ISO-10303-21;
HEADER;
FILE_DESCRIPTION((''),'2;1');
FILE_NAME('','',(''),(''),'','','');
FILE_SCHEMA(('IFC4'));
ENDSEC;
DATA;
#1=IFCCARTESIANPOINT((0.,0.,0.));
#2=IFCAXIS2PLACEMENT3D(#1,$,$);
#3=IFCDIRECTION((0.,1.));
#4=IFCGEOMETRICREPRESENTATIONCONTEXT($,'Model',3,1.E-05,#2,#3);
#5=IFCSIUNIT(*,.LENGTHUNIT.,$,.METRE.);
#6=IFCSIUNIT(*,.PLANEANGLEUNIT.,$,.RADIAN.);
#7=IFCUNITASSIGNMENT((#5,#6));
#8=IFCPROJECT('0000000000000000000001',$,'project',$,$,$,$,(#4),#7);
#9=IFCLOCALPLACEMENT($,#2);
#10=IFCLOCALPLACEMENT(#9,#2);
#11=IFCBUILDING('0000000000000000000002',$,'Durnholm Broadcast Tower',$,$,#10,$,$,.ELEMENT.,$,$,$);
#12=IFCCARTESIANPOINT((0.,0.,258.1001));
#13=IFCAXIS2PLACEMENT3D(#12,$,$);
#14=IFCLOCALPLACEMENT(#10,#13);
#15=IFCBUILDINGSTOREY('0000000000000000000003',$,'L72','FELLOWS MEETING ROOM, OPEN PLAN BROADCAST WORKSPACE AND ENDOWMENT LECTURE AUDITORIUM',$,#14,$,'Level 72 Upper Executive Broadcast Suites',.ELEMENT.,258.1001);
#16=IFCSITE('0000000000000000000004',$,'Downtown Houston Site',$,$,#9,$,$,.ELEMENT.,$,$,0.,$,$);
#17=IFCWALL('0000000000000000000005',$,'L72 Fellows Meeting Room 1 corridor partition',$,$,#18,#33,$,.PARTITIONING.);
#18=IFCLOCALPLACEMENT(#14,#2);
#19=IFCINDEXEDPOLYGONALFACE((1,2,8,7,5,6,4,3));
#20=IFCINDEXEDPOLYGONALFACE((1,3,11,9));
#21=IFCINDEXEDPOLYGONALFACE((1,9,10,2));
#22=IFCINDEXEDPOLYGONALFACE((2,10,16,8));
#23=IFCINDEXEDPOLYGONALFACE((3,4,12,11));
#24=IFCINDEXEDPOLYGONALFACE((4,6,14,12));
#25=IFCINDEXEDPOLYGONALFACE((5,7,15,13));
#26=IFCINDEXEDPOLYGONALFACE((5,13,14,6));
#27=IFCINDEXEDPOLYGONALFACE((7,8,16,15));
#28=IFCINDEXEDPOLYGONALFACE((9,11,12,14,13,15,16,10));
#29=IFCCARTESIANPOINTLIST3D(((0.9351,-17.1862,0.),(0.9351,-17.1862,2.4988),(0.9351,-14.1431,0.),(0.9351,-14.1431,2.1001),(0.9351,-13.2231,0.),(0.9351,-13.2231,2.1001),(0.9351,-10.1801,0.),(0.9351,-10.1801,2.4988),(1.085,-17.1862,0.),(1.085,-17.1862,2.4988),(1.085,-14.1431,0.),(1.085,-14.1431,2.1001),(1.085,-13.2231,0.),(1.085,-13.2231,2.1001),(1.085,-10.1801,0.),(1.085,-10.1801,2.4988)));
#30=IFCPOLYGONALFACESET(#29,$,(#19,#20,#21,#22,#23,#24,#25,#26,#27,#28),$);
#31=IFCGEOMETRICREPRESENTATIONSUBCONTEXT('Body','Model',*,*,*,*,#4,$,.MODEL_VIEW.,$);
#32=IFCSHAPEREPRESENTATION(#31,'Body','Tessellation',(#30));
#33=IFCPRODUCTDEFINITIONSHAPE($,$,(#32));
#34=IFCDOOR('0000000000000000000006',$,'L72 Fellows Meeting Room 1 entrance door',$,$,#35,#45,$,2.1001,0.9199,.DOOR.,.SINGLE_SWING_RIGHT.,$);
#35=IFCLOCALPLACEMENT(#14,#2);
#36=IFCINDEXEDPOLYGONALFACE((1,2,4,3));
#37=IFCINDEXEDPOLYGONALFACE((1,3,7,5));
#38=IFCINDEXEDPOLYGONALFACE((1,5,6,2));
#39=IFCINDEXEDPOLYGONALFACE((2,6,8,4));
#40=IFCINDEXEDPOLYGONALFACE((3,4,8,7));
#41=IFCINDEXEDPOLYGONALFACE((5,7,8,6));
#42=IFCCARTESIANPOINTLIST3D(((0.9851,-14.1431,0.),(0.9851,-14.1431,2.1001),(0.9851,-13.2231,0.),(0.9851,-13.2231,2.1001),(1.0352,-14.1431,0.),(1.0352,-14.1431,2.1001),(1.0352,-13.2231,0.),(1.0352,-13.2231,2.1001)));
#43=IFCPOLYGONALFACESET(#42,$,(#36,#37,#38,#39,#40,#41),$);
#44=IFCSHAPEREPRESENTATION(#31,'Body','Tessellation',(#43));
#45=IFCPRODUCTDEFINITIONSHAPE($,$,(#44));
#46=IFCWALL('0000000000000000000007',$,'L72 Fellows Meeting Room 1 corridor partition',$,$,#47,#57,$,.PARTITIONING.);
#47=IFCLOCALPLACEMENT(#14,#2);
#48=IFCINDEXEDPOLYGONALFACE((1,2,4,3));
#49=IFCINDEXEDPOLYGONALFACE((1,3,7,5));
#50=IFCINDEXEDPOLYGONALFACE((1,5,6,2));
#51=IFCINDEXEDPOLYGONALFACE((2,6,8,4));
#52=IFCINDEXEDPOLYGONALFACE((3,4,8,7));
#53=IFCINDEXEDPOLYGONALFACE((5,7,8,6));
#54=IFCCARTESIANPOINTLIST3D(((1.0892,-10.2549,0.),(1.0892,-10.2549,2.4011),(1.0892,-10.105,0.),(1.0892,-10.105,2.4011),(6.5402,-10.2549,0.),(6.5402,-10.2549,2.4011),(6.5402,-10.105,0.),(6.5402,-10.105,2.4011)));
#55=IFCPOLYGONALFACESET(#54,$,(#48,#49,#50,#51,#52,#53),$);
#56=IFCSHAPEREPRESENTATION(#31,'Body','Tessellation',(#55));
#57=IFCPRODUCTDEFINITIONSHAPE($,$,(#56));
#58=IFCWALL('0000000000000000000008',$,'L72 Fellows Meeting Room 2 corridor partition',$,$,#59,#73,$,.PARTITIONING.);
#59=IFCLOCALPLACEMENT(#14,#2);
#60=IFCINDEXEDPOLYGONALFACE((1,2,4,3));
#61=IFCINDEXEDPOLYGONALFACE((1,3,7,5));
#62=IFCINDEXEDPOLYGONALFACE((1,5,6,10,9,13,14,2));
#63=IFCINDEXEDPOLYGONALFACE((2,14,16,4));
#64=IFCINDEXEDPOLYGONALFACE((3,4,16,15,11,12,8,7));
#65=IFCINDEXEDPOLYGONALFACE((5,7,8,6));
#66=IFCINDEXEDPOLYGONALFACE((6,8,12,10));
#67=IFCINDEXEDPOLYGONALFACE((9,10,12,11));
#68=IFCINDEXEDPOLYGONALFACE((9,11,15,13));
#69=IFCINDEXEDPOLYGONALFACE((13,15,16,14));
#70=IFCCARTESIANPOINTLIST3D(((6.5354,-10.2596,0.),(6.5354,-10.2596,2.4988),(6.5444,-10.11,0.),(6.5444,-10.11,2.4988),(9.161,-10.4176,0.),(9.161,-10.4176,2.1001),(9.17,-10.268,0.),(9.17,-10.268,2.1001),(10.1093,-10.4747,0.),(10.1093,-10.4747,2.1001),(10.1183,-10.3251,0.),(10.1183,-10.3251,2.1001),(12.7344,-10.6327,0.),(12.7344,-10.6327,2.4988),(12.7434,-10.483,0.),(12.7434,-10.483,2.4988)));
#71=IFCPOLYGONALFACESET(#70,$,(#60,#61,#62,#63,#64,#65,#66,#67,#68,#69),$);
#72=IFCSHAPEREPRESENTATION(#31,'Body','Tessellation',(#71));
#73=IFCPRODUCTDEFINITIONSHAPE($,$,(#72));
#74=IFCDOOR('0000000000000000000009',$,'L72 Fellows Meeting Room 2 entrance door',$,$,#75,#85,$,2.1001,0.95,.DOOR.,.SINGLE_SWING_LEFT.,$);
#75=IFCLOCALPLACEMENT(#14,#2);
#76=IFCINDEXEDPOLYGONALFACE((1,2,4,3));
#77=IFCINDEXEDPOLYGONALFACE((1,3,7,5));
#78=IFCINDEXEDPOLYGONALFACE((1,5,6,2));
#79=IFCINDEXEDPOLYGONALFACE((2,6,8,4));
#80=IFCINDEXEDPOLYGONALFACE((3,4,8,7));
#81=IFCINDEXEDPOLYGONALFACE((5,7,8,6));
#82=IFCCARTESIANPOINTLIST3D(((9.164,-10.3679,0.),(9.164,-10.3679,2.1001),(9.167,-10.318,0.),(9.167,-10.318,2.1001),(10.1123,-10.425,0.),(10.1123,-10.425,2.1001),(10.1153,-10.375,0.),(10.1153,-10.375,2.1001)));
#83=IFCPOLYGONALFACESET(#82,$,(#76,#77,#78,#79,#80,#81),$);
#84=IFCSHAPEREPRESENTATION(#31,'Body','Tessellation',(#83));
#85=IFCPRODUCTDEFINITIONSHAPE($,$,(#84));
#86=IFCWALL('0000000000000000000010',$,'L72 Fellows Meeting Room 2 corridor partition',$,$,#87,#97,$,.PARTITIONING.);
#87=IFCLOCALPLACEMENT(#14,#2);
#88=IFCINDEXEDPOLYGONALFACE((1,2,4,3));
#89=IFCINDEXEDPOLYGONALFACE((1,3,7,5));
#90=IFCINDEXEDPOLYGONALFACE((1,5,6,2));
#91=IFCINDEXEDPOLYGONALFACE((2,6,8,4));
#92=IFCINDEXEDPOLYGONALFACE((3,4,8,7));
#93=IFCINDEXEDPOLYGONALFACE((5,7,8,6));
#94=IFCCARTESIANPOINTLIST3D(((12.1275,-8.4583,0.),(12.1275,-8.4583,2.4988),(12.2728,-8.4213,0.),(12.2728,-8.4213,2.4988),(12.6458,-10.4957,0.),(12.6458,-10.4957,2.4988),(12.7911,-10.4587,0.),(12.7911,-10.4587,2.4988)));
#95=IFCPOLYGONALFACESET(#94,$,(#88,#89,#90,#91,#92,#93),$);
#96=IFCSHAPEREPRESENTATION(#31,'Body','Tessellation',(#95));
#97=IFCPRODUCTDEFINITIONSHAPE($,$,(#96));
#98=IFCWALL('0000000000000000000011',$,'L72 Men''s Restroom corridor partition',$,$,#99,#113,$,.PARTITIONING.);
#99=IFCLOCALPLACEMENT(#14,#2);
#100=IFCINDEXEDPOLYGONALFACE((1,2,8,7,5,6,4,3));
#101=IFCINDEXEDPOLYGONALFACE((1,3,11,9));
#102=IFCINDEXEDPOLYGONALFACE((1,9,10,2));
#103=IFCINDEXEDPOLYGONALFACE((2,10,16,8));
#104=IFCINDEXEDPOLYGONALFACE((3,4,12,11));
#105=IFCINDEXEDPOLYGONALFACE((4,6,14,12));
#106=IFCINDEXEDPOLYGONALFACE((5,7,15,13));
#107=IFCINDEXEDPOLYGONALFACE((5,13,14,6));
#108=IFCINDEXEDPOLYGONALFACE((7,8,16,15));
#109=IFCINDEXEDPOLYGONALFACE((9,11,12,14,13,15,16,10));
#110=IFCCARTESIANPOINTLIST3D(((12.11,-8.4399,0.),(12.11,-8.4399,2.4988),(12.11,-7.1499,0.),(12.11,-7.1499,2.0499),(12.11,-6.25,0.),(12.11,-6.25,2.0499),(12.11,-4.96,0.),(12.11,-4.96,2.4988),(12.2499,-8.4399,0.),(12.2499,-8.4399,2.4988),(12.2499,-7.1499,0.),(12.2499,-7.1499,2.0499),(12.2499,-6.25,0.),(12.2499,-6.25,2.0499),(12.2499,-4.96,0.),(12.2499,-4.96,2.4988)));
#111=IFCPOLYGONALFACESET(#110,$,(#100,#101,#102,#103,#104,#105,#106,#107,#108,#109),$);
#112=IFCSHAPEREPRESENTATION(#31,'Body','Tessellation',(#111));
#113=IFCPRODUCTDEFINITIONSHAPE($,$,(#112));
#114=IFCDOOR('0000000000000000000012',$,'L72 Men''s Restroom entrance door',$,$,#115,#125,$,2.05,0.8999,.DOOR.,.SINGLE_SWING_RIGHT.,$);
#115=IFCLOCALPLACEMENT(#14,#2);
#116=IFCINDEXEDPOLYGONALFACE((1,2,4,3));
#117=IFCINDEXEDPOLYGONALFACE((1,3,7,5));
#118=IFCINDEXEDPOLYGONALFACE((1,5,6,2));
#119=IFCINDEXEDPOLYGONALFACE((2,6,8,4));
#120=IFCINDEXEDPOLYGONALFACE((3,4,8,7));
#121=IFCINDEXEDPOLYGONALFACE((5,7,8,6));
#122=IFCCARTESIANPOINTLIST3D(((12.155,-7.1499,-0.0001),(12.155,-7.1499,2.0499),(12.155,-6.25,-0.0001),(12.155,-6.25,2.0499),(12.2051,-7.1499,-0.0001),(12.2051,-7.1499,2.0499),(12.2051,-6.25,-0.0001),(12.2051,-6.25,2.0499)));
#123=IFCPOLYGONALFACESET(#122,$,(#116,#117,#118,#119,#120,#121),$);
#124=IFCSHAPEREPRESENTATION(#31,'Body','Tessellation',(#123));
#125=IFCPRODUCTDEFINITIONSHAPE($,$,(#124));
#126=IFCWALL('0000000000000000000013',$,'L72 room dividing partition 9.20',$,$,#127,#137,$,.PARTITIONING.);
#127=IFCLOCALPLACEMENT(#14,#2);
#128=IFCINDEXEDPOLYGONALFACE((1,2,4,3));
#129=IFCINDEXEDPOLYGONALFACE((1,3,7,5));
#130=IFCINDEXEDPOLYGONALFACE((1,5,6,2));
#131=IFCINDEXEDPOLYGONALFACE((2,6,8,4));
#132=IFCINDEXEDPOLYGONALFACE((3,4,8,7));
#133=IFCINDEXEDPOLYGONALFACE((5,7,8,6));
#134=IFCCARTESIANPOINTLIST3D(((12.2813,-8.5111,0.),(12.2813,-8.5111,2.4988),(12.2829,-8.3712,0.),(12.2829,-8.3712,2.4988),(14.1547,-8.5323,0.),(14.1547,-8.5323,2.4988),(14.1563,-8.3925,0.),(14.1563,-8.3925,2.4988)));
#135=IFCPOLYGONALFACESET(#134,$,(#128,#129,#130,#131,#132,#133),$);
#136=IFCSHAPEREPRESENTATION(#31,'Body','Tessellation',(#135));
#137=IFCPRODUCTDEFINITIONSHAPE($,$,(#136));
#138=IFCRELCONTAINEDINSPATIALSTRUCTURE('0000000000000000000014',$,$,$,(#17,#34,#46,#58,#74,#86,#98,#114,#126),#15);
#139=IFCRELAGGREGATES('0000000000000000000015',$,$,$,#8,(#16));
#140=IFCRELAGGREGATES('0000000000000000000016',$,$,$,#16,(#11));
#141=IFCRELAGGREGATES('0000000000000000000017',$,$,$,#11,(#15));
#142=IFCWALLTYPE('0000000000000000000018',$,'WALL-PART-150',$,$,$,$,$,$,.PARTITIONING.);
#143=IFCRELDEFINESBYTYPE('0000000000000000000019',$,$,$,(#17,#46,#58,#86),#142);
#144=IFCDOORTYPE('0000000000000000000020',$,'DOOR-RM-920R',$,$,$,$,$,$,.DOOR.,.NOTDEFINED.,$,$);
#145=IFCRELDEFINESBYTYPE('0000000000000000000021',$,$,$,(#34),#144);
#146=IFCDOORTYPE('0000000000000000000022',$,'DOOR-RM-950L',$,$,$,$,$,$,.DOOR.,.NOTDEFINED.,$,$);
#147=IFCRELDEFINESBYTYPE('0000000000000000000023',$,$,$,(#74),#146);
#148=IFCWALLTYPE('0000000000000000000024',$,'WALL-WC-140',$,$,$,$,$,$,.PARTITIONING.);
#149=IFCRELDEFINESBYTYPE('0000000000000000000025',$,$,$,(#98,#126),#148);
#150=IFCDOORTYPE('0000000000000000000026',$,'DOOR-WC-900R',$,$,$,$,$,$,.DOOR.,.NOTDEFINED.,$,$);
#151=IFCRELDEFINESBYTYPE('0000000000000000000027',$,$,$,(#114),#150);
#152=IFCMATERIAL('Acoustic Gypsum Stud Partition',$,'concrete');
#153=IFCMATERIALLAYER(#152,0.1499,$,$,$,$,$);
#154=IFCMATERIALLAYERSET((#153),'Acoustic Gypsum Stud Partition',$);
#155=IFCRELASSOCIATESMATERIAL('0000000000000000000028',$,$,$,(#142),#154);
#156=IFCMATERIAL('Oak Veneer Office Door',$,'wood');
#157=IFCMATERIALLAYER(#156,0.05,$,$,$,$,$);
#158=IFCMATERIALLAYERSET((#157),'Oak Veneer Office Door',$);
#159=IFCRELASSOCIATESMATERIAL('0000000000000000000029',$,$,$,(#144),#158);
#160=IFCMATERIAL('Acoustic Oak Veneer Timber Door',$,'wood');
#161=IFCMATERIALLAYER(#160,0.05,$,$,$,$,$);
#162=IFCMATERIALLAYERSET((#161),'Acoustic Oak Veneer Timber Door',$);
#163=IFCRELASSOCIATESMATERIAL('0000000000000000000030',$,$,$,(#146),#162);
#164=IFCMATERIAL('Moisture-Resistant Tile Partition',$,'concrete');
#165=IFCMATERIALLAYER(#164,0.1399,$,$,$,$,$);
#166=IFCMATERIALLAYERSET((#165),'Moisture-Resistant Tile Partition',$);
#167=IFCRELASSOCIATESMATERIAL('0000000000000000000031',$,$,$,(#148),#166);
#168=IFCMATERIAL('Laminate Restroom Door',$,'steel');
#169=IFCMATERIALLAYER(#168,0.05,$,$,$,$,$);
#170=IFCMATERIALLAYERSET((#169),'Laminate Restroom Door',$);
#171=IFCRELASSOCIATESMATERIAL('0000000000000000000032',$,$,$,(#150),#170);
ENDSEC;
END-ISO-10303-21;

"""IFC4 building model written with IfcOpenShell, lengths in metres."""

from ifc_helpers import new_model, si_unit, direction, frame, frame_2d, origin, place, context, subcontext, project, spatial, rectangle, extrude, source, transform, mapped, material, layer, layer_set, type_object, type_shapes, element, fill, save


model = new_model("IFC4")

# Units and contexts
model_context = context("Model", 3, precision=1e-05, world=origin(), true_north=direction((0.0, 1.0)))
body_context = subcontext(model_context, "Body", "Model", "MODEL_VIEW")
ifc_project = project(units=[si_unit("LENGTHUNIT", "METRE"), si_unit("PLANEANGLEUNIT", "RADIAN")], contexts=[model_context])

# Site, building, storey
site_placement = place(None, origin())
site = spatial("IfcSite", under=ifc_project, at=site_placement, Name="Downtown Houston Site", CompositionType="ELEMENT", RefElevation=0.0)
building_placement = place(site_placement, origin())
building = spatial("IfcBuilding", under=site, at=building_placement, Name="Durnholm Broadcast Tower", CompositionType="ELEMENT")
storey_placement = place(building_placement, frame((0.0, 0.0, 258.1001)))
storey = spatial("IfcBuildingStorey", under=building, at=storey_placement, Name="L72", Description="FELLOWS MEETING ROOM, OPEN PLAN BROADCAST WORKSPACE AND ENDOWMENT LECTURE AUDITORIUM", LongName="Level 72 Upper Executive Broadcast Suites", CompositionType="ELEMENT", Elevation=258.1001)

# Wall, opening, door
ifc_material_1 = material(Name="Acoustic Gypsum Stud Partition", Category="concrete")
ifc_layer_1 = layer(ifc_material_1, 0.1499)
ifc_layer_set_1 = layer_set([ifc_layer_1], Name="Acoustic Gypsum Stud Partition")
wall_type_1 = type_object("IfcWallType", Name="WALL-PART-150", PredefinedType="PARTITIONING", material=ifc_layer_set_1)
wall_1_placement = place(storey_placement, frame((1.01, -17.186, 0.0), z_axis=(0.0, 0.0, 1.0), x_axis=(0.0, 1.0, 0.0)))
wall_1 = element("IfcWall", 1, at=wall_1_placement, inside=storey, type_object=wall_type_1, Name="L72 Fellows Meeting Room 1 corridor partition", PredefinedType="PARTITIONING", context=body_context, shape_type="SweptSolid", body=[
    extrude(rectangle(XDim=7.0061, YDim=0.1499, at=frame_2d((3.5029, 0.0))), origin(), (0.0, 0.0, 1.0), 2.4988),
])
opening_1_placement = place(wall_1_placement, frame((3.043, 0.0, 0.0)))
opening_1 = element("IfcOpeningElement", 2, at=opening_1_placement, cuts=wall_1, PredefinedType="OPENING", context=body_context, shape_type="SweptSolid", body=[
    extrude(rectangle(XDim=0.9199, YDim=2.1001, at=frame_2d((0.46, 1.05))), frame((0.0, 0.085, 0.0), z_axis=(0.0, -1.0, 0.0), x_axis=(1.0, 0.0, 0.0)), (0.0, 0.0, 1.0), 0.1699),
])
ifc_material_2 = material(Name="Oak Veneer Office Door", Category="wood")
ifc_layer_2 = layer(ifc_material_2, 0.05)
ifc_layer_set_2 = layer_set([ifc_layer_2], Name="Oak Veneer Office Door")
door_type_1 = type_object("IfcDoorType", Name="DOOR-RM-920R", OperationType="NOTDEFINED", PredefinedType="DOOR", material=ifc_layer_set_2)
shared_shape_1 = source(origin(), body_context, "Body", "SweptSolid", [
    extrude(rectangle(XDim=0.9199, YDim=2.1001, at=frame_2d((0.46, 1.05))), frame((0.0, 0.0249, 0.0), z_axis=(0.0, -1.0, 0.0), x_axis=(1.0, 0.0, 0.0)), (0.0, 0.0, 1.0), 0.05),
])
type_shapes(door_type_1, [shared_shape_1])
door_1_placement = place(opening_1_placement, origin())
door_1 = element("IfcDoor", 3, at=door_1_placement, inside=storey, type_object=door_type_1, Name="L72 Fellows Meeting Room 1 entrance door", OperationType="SINGLE_SWING_RIGHT", OverallHeight=2.1001, OverallWidth=0.9199, PredefinedType="DOOR", context=body_context, shape_type="MappedRepresentation", body=[
    mapped(shared_shape_1, transform((0.0, 0.0, 0.0), x_axis=(1.0, 0.0, 0.0), y_axis=(0.0, 1.0, 0.0), z_axis=(0.0, 0.0, 1.0), scale=1.0)),
])
fill(opening_1, door_1)

# Wall
wall_2_placement = place(storey_placement, frame((1.0891, -10.1799, 0.0), z_axis=(0.0, 0.0, 1.0), x_axis=(1.0, 0.0, 0.0)))
element("IfcWall", 4, at=wall_2_placement, inside=storey, type_object=wall_type_1, Name="L72 Fellows Meeting Room 1 corridor partition", PredefinedType="PARTITIONING", context=body_context, shape_type="SweptSolid", body=[
    extrude(rectangle(XDim=5.4509, YDim=0.1499, at=frame_2d((2.7256, 0.0))), origin(), (0.0, 0.0, 1.0), 2.4011),
])

# Wall, opening, door
wall_3_placement = place(storey_placement, frame((6.54, -10.1848, 0.0), z_axis=(0.0, 0.0, 1.0), x_axis=(0.998194, -0.06007, 0.0)))
wall_3 = element("IfcWall", 5, at=wall_3_placement, inside=storey, type_object=wall_type_1, Name="L72 Fellows Meeting Room 2 corridor partition", PredefinedType="PARTITIONING", context=body_context, shape_type="SweptSolid", body=[
    extrude(rectangle(XDim=6.2102, YDim=0.1499, at=frame_2d((3.105, 0.0))), origin(), (0.0, 0.0, 1.0), 2.4988),
])
opening_2_placement = place(wall_3_placement, frame((2.6301, 0.0, 0.0)))
opening_2 = element("IfcOpeningElement", 6, at=opening_2_placement, cuts=wall_3, PredefinedType="OPENING", context=body_context, shape_type="SweptSolid", body=[
    extrude(rectangle(XDim=0.95, YDim=2.1001, at=frame_2d((0.4751, 1.05))), frame((0.0, 0.085, 0.0), z_axis=(0.0, -1.0, 0.0), x_axis=(1.0, 0.0, 0.0)), (0.0, 0.0, 1.0), 0.1699),
])
ifc_material_3 = material(Name="Acoustic Oak Veneer Timber Door", Category="wood")
ifc_layer_3 = layer(ifc_material_3, 0.05)
ifc_layer_set_3 = layer_set([ifc_layer_3], Name="Acoustic Oak Veneer Timber Door")
door_type_2 = type_object("IfcDoorType", Name="DOOR-RM-950L", OperationType="NOTDEFINED", PredefinedType="DOOR", material=ifc_layer_set_3)
shared_shape_2 = source(origin(), body_context, "Body", "SweptSolid", [
    extrude(rectangle(XDim=0.95, YDim=2.1001, at=frame_2d((0.4751, 1.05))), frame((0.0, 0.0249, 0.0), z_axis=(0.0, -1.0, 0.0), x_axis=(1.0, 0.0, 0.0)), (0.0, 0.0, 1.0), 0.05),
])
type_shapes(door_type_2, [shared_shape_2])
door_2_placement = place(opening_2_placement, origin())
door_2 = element("IfcDoor", 7, at=door_2_placement, inside=storey, type_object=door_type_2, Name="L72 Fellows Meeting Room 2 entrance door", OperationType="SINGLE_SWING_LEFT", OverallHeight=2.1001, OverallWidth=0.95, PredefinedType="DOOR", context=body_context, shape_type="MappedRepresentation", body=[
    mapped(shared_shape_2, transform((0.0, 0.0, 0.0), x_axis=(1.0, 0.0, 0.0), y_axis=(0.0, 1.0, 0.0), z_axis=(0.0, 0.0, 1.0), scale=1.0)),
])
fill(opening_2, door_2)

# Wall
wall_4_placement = place(storey_placement, frame((12.7185, -10.4773, 0.0), z_axis=(0.0, 0.0, 1.0), x_axis=(-0.24655, 0.96913, 0.0)))
element("IfcWall", 8, at=wall_4_placement, inside=storey, type_object=wall_type_1, Name="L72 Fellows Meeting Room 2 corridor partition", PredefinedType="PARTITIONING", context=body_context, shape_type="SweptSolid", body=[
    extrude(rectangle(XDim=2.1023, YDim=0.1499, at=frame_2d((1.0513, 0.0))), origin(), (0.0, 0.0, 1.0), 2.4988),
])

# Wall, opening, door
ifc_material_4 = material(Name="Moisture-Resistant Tile Partition", Category="concrete")
ifc_layer_4 = layer(ifc_material_4, 0.1399)
ifc_layer_set_4 = layer_set([ifc_layer_4], Name="Moisture-Resistant Tile Partition")
wall_type_2 = type_object("IfcWallType", Name="WALL-WC-140", PredefinedType="PARTITIONING", material=ifc_layer_set_4)
wall_5_placement = place(storey_placement, frame((12.1799, -8.4399, 0.0), z_axis=(0.0, 0.0, 1.0), x_axis=(0.0, 1.0, 0.0)))
wall_5 = element("IfcWall", 9, at=wall_5_placement, inside=storey, type_object=wall_type_2, Name="L72 Men's Restroom corridor partition", PredefinedType="PARTITIONING", context=body_context, shape_type="SweptSolid", body=[
    extrude(rectangle(XDim=3.48, YDim=0.1399, at=frame_2d((1.74, 0.0))), origin(), (0.0, 0.0, 1.0), 2.4988),
])
opening_3_placement = place(wall_5_placement, frame((1.29, 0.0, 0.0)))
opening_3 = element("IfcOpeningElement", 10, at=opening_3_placement, cuts=wall_5, PredefinedType="OPENING", context=body_context, shape_type="SweptSolid", body=[
    extrude(rectangle(XDim=0.8999, YDim=2.05, at=frame_2d((0.45, 1.0249))), frame((0.0, 0.0801, 0.0), z_axis=(0.0, -1.0, 0.0), x_axis=(1.0, 0.0, 0.0)), (0.0, 0.0, 1.0), 0.1599),
])
ifc_material_5 = material(Name="Laminate Restroom Door", Category="steel")
ifc_layer_5 = layer(ifc_material_5, 0.05)
ifc_layer_set_5 = layer_set([ifc_layer_5], Name="Laminate Restroom Door")
door_type_3 = type_object("IfcDoorType", Name="DOOR-WC-900R", OperationType="NOTDEFINED", PredefinedType="DOOR", material=ifc_layer_set_5)
shared_shape_3 = source(origin(), body_context, "Body", "SweptSolid", [
    extrude(rectangle(XDim=0.8999, YDim=2.05, at=frame_2d((0.45, 1.0249))), frame((0.0, 0.0249, 0.0), z_axis=(0.0, -1.0, 0.0), x_axis=(1.0, 0.0, 0.0)), (0.0, 0.0, 1.0), 0.05),
])
type_shapes(door_type_3, [shared_shape_3])
door_3_placement = place(opening_3_placement, origin())
door_3 = element("IfcDoor", 11, at=door_3_placement, inside=storey, type_object=door_type_3, Name="L72 Men's Restroom entrance door", OperationType="SINGLE_SWING_RIGHT", OverallHeight=2.05, OverallWidth=0.8999, PredefinedType="DOOR", context=body_context, shape_type="MappedRepresentation", body=[
    mapped(shared_shape_3, transform((0.0, 0.0, 0.0), x_axis=(1.0, 0.0, 0.0), y_axis=(0.0, 1.0, 0.0), z_axis=(0.0, 0.0, 1.0), scale=1.0)),
])
fill(opening_3, door_3)

# Wall
wall_6_placement = place(storey_placement, frame((14.1555, -8.4624, 0.0), z_axis=(0.0, 0.0, 1.0), x_axis=(-0.999936, 0.011336, 0.0)))
element("IfcWall", 12, at=wall_6_placement, inside=storey, type_object=wall_type_2, Name="L72 room dividing partition 9.20", PredefinedType="PARTITIONING", context=body_context, shape_type="SweptSolid", body=[
    extrude(rectangle(XDim=1.8735, YDim=0.1399, at=frame_2d((0.9368, 0.0))), origin(), (0.0, 0.0, 1.0), 2.4988),
])

save(model, "model.ifc")
